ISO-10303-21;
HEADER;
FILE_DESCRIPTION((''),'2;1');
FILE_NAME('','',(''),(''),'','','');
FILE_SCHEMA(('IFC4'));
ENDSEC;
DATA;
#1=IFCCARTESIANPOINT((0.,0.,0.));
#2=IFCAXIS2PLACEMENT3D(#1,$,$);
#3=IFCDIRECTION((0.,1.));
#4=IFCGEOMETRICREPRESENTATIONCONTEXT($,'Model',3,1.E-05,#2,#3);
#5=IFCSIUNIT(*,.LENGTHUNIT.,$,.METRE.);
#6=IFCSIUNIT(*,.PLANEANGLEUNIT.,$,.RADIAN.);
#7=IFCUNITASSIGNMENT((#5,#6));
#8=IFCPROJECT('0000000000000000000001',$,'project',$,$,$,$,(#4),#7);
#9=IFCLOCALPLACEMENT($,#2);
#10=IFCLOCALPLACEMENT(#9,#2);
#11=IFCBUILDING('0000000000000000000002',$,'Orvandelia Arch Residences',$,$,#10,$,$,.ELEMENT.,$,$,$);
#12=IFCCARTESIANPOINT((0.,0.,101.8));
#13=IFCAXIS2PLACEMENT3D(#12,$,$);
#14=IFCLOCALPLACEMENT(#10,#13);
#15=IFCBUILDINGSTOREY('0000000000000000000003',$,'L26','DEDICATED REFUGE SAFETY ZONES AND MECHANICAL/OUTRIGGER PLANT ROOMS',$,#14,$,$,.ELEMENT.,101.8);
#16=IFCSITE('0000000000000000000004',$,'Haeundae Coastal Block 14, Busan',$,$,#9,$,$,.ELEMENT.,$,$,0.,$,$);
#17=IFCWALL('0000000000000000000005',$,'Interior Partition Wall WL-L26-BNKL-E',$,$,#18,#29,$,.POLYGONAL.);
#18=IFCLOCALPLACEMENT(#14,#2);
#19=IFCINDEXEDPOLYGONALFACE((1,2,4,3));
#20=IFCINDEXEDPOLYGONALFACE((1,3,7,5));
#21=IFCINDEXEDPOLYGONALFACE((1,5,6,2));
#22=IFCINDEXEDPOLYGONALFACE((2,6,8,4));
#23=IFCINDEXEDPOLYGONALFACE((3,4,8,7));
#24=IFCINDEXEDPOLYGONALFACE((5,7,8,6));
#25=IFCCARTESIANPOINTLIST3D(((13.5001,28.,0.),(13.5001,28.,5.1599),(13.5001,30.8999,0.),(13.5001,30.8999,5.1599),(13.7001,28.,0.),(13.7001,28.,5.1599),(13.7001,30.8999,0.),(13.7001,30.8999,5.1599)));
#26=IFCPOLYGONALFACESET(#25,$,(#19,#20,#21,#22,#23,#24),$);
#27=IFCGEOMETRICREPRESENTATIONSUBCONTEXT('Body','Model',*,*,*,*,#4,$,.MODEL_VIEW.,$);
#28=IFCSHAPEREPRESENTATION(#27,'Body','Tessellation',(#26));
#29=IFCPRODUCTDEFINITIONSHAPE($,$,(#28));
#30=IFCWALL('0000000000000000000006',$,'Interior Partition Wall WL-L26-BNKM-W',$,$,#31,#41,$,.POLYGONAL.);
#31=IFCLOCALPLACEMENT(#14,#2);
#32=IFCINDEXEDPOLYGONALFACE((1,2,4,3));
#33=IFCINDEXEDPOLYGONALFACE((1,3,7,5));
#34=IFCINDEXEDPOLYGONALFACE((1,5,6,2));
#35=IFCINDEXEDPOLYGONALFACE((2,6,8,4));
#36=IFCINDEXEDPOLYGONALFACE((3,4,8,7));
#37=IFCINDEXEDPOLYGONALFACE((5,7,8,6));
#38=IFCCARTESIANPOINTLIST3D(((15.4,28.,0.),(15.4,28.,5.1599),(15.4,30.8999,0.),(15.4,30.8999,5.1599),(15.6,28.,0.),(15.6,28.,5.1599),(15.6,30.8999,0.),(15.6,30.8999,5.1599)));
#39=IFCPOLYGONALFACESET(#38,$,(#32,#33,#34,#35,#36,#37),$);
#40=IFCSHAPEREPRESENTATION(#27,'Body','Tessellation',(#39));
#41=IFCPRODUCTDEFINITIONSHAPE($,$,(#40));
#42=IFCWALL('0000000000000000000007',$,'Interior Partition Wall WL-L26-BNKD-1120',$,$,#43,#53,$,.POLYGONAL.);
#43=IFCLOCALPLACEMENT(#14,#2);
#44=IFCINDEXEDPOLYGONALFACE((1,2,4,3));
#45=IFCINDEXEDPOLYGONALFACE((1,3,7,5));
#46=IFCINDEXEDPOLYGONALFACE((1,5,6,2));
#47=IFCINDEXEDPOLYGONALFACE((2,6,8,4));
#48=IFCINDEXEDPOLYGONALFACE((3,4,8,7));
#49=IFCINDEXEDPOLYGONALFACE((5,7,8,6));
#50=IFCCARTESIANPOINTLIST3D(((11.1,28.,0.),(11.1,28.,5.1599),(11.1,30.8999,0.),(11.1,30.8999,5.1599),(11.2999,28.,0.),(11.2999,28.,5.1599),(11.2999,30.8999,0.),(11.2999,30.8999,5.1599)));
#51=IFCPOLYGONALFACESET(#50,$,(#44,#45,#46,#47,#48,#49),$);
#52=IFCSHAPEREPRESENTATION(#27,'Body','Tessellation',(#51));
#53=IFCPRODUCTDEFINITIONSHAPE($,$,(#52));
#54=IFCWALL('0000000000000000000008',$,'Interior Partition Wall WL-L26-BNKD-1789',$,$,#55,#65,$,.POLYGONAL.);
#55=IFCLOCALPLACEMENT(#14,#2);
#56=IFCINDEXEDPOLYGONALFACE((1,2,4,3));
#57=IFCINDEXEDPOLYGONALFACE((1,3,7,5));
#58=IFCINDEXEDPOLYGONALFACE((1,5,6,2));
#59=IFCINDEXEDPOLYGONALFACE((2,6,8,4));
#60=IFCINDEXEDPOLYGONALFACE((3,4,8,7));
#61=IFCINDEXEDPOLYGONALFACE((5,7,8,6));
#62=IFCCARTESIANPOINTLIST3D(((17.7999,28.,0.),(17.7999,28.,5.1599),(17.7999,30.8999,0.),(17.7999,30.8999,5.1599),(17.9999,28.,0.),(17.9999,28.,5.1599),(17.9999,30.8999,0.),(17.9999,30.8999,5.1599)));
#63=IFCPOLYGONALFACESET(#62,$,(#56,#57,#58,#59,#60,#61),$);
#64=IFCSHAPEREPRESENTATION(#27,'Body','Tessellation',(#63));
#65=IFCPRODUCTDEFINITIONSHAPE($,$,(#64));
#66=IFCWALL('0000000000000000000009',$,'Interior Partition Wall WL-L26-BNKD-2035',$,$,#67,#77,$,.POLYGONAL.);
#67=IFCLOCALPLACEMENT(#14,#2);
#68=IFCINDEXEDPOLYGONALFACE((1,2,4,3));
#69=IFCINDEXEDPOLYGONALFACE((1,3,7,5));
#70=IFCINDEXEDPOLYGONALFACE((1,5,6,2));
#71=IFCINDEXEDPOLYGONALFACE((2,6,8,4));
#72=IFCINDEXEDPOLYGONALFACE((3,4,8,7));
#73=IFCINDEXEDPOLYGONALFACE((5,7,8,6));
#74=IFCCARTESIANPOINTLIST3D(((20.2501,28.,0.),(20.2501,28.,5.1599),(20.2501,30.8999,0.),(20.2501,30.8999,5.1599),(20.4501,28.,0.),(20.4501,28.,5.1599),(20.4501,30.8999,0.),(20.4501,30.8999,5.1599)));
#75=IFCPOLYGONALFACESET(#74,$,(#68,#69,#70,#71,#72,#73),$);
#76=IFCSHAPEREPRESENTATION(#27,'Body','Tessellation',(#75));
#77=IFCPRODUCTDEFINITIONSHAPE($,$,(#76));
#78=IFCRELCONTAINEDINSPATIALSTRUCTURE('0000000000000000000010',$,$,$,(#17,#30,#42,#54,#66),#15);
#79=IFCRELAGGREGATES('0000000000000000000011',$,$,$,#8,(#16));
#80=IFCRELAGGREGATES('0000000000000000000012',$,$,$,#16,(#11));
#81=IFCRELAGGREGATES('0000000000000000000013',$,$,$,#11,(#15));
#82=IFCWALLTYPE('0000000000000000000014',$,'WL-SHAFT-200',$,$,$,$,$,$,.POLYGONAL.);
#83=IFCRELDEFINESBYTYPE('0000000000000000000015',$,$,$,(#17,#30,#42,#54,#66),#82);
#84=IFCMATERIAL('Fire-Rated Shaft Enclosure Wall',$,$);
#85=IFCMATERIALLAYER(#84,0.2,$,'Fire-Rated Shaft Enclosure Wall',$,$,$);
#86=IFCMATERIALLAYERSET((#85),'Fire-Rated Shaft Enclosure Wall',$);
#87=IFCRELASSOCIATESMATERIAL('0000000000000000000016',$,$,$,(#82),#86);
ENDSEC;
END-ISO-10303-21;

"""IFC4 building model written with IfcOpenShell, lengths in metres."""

from ifc_helpers import new_model, si_unit, direction, frame, frame_2d, origin, place, context, subcontext, project, spatial, rectangle, extrude, material, layer, layer_set, type_object, element, save


model = new_model("IFC4")

# Units and contexts
model_context = context("Model", 3, precision=1e-05, world=origin(), true_north=direction((0.0, 1.0)))
body_context = subcontext(model_context, "Body", "Model", "MODEL_VIEW")
ifc_project = project(units=[si_unit("LENGTHUNIT", "METRE"), si_unit("PLANEANGLEUNIT", "RADIAN")], contexts=[model_context])

# Site, building, storey
site_placement = place(None, origin())
site = spatial("IfcSite", under=ifc_project, at=site_placement, Name="Haeundae Coastal Block 14, Busan", CompositionType="ELEMENT", RefElevation=0.0)
building_placement = place(site_placement, origin())
building = spatial("IfcBuilding", under=site, at=building_placement, Name="Orvandelia Arch Residences", CompositionType="ELEMENT")
storey_placement = place(building_placement, frame((0.0, 0.0, 101.8)))
storey = spatial("IfcBuildingStorey", under=building, at=storey_placement, Name="L26", Description="DEDICATED REFUGE SAFETY ZONES AND MECHANICAL/OUTRIGGER PLANT ROOMS", CompositionType="ELEMENT", Elevation=101.8)

# Shared definitions
ifc_material_1 = material(Name="Fire-Rated Shaft Enclosure Wall")
ifc_layer_1 = layer(ifc_material_1, 0.2, Name="Fire-Rated Shaft Enclosure Wall")
ifc_layer_set_1 = layer_set([ifc_layer_1], Name="Fire-Rated Shaft Enclosure Wall")
wall_type_1 = type_object("IfcWallType", Name="WL-SHAFT-200", PredefinedType="POLYGONAL", material=ifc_layer_set_1)

# Walls
for number, where, z_axis, x_axis, name in (
    (1, (13.6001, 28.0, 0.0), (0.0, 0.0, 1.0), (0.0, 1.0, 0.0), "Interior Partition Wall WL-L26-BNKL-E"),
    (2, (15.5, 28.0, 0.0), (0.0, 0.0, 1.0), (0.0, 1.0, 0.0), "Interior Partition Wall WL-L26-BNKM-W"),
    (3, (11.2, 28.0, 0.0), (0.0, 0.0, 1.0), (0.0, 1.0, 0.0), "Interior Partition Wall WL-L26-BNKD-1120"),
    (4, (17.8999, 28.0, 0.0), (0.0, 0.0, 1.0), (0.0, 1.0, 0.0), "Interior Partition Wall WL-L26-BNKD-1789"),
    (5, (20.3501, 28.0, 0.0), (0.0, 0.0, 1.0), (0.0, 1.0, 0.0), "Interior Partition Wall WL-L26-BNKD-2035"),
):
    element("IfcWall", number, at=place(storey_placement, frame(where, z_axis=z_axis, x_axis=x_axis)), inside=storey, type_object=wall_type_1, Name=name, PredefinedType="POLYGONAL", context=body_context, shape_type="SweptSolid", body=[
        extrude(rectangle(XDim=2.8999, YDim=0.2, at=frame_2d((1.45, 0.0))), origin(), (0.0, 0.0, 1.0), 5.1599),
    ])

save(model, "model.ifc")
